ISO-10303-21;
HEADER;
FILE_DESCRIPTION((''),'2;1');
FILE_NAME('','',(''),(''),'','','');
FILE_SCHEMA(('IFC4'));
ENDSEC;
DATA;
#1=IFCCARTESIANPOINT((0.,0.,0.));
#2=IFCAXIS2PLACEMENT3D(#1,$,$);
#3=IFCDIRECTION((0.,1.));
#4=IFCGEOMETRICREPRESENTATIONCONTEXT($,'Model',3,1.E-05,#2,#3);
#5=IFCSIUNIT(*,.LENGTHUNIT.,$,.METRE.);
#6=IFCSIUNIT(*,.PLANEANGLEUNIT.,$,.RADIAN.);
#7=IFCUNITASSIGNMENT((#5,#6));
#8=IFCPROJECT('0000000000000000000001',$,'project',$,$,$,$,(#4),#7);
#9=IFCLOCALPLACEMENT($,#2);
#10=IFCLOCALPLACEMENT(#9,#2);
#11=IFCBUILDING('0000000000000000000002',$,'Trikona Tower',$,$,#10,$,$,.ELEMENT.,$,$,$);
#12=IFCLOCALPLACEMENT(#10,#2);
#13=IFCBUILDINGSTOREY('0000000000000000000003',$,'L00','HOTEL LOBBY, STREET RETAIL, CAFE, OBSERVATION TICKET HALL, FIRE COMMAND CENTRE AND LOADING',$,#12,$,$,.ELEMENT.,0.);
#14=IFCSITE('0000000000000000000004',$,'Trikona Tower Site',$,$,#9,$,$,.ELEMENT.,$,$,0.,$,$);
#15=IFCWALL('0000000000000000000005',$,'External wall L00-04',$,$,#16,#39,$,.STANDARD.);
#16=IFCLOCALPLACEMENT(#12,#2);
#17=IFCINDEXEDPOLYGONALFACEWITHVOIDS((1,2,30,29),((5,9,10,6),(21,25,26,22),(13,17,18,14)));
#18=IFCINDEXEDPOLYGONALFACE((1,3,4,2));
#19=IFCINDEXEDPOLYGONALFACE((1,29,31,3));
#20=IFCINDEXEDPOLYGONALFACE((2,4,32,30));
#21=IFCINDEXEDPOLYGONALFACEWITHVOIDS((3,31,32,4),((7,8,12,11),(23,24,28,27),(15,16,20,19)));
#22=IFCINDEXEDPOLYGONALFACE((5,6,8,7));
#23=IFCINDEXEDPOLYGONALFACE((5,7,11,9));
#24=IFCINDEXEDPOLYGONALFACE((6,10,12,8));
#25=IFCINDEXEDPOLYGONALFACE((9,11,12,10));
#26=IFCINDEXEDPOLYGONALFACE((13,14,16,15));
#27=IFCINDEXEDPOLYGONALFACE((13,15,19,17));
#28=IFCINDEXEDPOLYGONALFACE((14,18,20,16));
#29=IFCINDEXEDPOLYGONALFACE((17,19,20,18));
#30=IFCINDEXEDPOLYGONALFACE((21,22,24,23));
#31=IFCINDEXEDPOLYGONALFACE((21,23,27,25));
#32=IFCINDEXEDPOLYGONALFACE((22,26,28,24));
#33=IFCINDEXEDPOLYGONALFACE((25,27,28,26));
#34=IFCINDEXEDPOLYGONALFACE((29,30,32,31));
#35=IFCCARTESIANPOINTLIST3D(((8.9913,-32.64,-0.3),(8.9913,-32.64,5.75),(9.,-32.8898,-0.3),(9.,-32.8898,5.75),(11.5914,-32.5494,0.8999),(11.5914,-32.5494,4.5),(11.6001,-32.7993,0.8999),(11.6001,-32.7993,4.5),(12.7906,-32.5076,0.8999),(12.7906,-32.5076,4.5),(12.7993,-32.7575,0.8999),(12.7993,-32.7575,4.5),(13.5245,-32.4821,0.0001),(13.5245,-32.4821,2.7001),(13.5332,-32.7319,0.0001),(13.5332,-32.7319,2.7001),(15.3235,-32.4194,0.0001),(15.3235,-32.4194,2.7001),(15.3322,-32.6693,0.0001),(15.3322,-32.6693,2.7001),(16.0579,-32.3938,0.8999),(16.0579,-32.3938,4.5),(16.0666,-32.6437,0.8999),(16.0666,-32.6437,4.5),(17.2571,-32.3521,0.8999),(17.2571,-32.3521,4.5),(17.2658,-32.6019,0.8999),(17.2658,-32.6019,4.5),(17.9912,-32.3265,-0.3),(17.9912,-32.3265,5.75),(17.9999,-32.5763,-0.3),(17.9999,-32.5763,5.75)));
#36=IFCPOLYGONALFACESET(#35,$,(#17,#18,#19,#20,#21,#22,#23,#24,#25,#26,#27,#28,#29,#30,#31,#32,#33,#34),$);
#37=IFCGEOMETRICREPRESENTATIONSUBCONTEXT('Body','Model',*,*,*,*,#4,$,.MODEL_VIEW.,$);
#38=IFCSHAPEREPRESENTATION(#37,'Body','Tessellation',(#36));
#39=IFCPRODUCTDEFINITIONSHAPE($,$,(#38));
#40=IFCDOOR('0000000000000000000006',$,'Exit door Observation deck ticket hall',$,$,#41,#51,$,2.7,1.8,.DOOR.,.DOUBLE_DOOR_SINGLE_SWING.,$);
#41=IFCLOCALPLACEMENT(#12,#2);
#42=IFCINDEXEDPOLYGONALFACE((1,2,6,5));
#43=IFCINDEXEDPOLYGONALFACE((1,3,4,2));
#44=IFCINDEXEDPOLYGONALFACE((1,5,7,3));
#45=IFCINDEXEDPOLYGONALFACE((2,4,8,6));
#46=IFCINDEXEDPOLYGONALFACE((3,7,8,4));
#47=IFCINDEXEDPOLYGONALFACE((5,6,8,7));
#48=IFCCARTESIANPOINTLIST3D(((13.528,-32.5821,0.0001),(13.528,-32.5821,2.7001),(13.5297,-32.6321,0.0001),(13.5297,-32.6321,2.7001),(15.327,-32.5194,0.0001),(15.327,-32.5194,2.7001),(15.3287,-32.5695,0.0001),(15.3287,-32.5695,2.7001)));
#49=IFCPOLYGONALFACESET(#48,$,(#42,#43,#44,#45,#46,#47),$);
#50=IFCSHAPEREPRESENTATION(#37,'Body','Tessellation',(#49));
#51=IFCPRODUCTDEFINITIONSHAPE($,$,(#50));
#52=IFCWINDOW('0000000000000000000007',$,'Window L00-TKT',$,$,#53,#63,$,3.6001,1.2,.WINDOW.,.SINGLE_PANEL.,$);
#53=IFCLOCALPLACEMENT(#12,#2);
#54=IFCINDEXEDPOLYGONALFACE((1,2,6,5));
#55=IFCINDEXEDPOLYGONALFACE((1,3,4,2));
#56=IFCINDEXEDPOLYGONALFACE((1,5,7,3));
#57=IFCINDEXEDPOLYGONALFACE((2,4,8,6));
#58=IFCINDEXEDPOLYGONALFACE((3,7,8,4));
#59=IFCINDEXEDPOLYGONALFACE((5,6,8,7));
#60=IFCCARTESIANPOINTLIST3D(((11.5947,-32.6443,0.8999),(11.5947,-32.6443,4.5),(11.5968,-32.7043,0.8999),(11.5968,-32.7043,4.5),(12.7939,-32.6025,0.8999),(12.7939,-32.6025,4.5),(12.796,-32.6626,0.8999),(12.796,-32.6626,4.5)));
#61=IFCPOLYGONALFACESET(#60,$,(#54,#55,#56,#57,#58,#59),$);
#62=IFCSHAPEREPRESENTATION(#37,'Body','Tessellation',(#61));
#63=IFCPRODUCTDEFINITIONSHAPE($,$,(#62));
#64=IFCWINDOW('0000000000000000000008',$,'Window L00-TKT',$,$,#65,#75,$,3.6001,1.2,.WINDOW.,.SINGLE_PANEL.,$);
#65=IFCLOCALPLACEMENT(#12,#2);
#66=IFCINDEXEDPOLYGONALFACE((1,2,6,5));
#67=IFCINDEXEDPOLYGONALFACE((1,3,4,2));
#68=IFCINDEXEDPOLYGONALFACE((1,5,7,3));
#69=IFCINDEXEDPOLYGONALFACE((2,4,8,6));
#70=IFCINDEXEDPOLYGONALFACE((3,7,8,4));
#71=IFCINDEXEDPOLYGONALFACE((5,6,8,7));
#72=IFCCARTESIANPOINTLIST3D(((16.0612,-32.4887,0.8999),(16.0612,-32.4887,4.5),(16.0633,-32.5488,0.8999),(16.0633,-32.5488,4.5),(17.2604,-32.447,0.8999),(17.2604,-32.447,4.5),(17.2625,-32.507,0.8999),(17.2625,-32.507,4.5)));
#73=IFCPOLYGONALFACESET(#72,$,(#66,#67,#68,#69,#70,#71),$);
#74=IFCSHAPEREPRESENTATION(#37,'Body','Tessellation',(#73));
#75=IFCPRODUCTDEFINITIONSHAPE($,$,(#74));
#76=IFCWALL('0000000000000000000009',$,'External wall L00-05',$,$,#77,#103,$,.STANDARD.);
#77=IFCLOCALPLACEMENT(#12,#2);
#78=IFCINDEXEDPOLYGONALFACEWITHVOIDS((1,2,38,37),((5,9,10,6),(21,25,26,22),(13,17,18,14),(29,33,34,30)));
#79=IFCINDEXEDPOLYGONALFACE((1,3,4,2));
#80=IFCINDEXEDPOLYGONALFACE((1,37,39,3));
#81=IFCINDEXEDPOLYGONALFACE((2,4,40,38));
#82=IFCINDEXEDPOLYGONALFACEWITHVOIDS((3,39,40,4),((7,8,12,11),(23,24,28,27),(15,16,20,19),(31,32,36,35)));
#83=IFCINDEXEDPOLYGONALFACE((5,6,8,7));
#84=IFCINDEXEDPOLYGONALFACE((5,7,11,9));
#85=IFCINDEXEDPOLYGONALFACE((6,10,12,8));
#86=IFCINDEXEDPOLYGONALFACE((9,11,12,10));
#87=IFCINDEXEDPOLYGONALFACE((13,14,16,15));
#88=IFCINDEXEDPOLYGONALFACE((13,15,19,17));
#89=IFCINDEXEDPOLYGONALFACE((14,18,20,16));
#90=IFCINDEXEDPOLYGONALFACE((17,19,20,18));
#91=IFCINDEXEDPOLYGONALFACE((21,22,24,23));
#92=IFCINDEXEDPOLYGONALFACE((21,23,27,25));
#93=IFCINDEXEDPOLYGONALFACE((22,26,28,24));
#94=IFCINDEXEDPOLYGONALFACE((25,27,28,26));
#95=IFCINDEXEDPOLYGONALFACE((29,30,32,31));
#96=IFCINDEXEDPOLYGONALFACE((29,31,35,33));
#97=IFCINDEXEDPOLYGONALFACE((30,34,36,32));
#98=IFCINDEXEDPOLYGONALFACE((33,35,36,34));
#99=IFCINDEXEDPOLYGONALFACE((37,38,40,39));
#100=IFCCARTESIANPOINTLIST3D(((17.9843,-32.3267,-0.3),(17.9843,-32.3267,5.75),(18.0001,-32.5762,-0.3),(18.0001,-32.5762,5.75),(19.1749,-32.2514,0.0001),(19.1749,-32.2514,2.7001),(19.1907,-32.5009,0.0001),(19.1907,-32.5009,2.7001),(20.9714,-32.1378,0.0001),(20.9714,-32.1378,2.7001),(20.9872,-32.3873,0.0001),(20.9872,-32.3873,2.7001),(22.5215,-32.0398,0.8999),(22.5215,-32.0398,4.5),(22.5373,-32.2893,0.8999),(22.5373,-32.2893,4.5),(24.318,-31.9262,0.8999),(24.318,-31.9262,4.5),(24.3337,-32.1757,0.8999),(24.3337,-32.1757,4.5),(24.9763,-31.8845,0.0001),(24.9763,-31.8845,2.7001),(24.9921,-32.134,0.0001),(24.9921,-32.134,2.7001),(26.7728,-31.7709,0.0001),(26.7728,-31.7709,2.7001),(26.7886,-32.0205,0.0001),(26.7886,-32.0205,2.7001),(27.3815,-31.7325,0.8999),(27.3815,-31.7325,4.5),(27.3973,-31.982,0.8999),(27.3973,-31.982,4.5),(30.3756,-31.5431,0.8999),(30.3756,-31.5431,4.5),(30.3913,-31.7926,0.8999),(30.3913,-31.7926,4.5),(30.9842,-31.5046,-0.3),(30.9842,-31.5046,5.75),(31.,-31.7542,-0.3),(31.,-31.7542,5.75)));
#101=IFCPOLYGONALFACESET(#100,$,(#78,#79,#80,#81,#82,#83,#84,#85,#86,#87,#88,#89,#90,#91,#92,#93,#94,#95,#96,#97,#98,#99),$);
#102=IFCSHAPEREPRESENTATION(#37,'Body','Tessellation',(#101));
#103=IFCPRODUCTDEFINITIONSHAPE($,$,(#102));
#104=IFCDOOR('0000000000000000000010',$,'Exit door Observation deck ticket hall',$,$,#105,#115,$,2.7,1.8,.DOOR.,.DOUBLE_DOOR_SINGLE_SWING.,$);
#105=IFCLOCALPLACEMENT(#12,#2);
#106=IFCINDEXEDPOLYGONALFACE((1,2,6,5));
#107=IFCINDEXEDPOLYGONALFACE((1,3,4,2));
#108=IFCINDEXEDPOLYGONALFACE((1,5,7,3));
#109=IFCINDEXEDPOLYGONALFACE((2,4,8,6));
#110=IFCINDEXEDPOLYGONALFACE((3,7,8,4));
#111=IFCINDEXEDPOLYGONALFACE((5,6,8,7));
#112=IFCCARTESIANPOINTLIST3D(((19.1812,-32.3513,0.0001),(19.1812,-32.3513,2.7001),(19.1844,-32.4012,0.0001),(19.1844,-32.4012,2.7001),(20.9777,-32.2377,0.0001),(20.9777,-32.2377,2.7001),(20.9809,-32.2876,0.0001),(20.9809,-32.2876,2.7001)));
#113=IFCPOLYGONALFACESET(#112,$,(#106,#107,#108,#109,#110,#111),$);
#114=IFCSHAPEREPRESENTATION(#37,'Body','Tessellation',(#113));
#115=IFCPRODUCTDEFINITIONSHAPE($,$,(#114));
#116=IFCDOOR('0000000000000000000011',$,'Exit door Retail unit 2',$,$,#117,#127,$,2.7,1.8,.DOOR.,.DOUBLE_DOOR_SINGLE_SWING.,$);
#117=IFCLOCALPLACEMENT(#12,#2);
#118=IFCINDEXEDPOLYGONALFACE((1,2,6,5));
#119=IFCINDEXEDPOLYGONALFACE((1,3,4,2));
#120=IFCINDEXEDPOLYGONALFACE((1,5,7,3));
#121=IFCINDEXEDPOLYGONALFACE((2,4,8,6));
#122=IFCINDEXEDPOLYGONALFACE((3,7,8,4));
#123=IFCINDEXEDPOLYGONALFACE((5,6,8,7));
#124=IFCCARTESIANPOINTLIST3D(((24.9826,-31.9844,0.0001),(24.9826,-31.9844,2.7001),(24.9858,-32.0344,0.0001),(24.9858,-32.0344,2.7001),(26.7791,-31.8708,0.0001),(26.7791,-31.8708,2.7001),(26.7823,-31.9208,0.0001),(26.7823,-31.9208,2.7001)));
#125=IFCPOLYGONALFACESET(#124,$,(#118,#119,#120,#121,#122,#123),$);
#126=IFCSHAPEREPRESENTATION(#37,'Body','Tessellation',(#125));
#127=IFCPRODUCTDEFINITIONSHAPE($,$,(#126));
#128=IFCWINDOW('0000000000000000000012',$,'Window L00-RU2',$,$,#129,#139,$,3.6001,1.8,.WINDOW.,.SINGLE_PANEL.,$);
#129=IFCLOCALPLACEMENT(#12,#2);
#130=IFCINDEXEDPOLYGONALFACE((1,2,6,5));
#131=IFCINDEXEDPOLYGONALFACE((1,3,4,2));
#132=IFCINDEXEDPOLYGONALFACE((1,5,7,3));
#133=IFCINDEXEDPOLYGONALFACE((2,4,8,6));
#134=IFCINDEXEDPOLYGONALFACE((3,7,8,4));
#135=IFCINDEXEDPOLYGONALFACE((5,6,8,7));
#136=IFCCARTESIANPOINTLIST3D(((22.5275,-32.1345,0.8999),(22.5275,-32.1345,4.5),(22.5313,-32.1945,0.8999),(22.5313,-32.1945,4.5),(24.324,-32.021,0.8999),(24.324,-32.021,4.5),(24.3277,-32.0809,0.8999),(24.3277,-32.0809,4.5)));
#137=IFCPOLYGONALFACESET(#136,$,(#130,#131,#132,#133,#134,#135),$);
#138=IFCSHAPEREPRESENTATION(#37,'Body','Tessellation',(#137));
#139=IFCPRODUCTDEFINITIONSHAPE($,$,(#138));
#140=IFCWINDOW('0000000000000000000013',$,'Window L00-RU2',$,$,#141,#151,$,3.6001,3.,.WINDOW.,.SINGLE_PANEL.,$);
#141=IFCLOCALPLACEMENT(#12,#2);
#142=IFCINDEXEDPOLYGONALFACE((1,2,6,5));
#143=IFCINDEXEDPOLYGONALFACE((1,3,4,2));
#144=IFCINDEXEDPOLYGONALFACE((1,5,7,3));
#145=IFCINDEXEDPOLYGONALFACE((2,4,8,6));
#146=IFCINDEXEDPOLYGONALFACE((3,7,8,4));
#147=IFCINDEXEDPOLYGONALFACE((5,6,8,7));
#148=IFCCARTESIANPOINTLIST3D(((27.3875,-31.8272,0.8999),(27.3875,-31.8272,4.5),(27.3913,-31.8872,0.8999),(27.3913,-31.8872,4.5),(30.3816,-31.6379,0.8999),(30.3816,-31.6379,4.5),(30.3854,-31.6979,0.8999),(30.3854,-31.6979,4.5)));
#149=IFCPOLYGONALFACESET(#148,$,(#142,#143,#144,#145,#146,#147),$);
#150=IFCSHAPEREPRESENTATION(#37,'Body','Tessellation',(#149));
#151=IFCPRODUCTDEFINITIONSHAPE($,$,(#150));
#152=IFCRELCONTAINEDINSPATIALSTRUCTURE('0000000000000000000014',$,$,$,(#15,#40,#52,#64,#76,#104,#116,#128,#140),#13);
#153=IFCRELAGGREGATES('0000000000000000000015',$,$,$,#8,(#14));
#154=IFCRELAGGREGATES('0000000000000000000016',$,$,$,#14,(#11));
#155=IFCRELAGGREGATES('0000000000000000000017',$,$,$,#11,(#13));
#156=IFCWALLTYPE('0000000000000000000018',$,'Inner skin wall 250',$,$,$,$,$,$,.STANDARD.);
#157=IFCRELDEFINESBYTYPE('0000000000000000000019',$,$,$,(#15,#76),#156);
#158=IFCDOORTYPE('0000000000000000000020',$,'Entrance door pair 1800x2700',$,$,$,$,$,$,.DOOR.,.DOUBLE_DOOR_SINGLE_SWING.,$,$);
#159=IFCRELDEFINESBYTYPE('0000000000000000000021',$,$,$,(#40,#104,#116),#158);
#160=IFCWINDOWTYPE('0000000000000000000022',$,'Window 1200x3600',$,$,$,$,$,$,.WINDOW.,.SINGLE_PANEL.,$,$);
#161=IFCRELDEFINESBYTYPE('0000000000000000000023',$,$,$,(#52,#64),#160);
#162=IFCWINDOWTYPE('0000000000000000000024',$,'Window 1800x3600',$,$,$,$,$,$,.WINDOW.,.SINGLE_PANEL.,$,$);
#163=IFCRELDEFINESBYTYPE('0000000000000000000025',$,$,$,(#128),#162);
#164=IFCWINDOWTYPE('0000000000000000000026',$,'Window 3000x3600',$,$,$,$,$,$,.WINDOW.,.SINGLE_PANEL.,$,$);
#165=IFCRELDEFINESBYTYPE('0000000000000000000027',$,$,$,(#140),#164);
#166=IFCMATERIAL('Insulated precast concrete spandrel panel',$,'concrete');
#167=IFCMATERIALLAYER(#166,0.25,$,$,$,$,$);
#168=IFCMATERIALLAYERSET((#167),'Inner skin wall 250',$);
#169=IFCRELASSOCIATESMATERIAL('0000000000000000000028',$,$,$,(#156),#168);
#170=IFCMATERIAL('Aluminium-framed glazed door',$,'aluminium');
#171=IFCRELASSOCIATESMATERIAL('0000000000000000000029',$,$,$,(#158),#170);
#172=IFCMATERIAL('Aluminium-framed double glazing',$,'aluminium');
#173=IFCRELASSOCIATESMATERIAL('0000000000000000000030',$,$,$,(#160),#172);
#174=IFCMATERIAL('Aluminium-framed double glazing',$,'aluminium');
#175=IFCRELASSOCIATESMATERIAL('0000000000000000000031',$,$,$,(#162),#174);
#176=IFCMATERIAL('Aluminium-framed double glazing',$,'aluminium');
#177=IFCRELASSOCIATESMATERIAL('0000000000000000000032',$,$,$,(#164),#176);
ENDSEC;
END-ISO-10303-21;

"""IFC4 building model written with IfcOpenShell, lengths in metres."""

from ifc_helpers import new_model, si_unit, direction, frame, frame_2d, origin, place, context, subcontext, project, spatial, rectangle, extrude, material, layer, layer_set, type_object, element, fill, save


model = new_model("IFC4")

# Units and contexts
model_context = context("Model", 3, precision=1e-05, world=origin(), true_north=direction((0.0, 1.0)))
body_context = subcontext(model_context, "Body", "Model", "MODEL_VIEW")
ifc_project = project(units=[si_unit("LENGTHUNIT", "METRE"), si_unit("PLANEANGLEUNIT", "RADIAN")], contexts=[model_context])

# Site, building, storey
site_placement = place(None, origin())
site = spatial("IfcSite", under=ifc_project, at=site_placement, Name="Trikona Tower Site", CompositionType="ELEMENT", RefElevation=0.0)
building_placement = place(site_placement, origin())
building = spatial("IfcBuilding", under=site, at=building_placement, Name="Trikona Tower", CompositionType="ELEMENT")
storey_placement = place(building_placement, origin())
storey = spatial("IfcBuildingStorey", under=building, at=storey_placement, Name="L00", Description="HOTEL LOBBY, STREET RETAIL, CAFE, OBSERVATION TICKET HALL, FIRE COMMAND CENTRE AND LOADING", CompositionType="ELEMENT", Elevation=0.0)

# Shared definitions
ifc_material_1 = material(Name="Insulated precast concrete spandrel panel", Category="concrete")
ifc_layer = layer(ifc_material_1, 0.25)
ifc_layer_set = layer_set([ifc_layer], Name="Inner skin wall 250")
wall_type = type_object("IfcWallType", Name="Inner skin wall 250", PredefinedType="STANDARD", material=ifc_layer_set)
ifc_material_2 = material(Name="Aluminium-framed glazed door", Category="aluminium")
door_type = type_object("IfcDoorType", Name="Entrance door pair 1800x2700", OperationType="DOUBLE_DOOR_SINGLE_SWING", PredefinedType="DOOR", material=ifc_material_2)

# Wall, openings, door, windows
wall_1_placement = place(storey_placement, frame((8.9956, -32.7649, -0.3), z_axis=(0.0, 0.0, 1.0), x_axis=(0.999394, 0.03481, 0.0)))
wall_1 = element("IfcWall", 1, at=wall_1_placement, inside=storey, type_object=wall_type, Name="External wall L00-04", PredefinedType="STANDARD", context=body_context, shape_type="SweptSolid", body=[
    extrude(rectangle(XDim=9.0054, YDim=0.25, at=frame_2d((4.5027, 0.0))), origin(), (0.0, 0.0, 1.0), 6.05),
])
opening_1_placement = place(wall_1_placement, frame((4.5361, 0.0, 0.3)))
opening_1 = element("IfcOpeningElement", 2, at=opening_1_placement, cuts=wall_1, PredefinedType="OPENING", context=body_context, shape_type="SweptSolid", body=[
    extrude(rectangle(XDim=1.8, YDim=2.7, at=frame_2d((0.8999, 1.3501))), frame((0.0, 0.135, 0.0), z_axis=(0.0, -1.0, 0.0), x_axis=(1.0, 0.0, 0.0)), (0.0, 0.0, 1.0), 0.27),
])
opening_2_placement = place(wall_1_placement, frame((2.6016, 0.0, 1.2)))
opening_2 = element("IfcOpeningElement", 3, at=opening_2_placement, cuts=wall_1, PredefinedType="OPENING", context=body_context, shape_type="SweptSolid", body=[
    extrude(rectangle(XDim=1.2, YDim=3.6001, at=frame_2d((0.6001, 1.8))), frame((0.0, 0.135, 0.0), z_axis=(0.0, -1.0, 0.0), x_axis=(1.0, 0.0, 0.0)), (0.0, 0.0, 1.0), 0.27),
])
opening_3_placement = place(wall_1_placement, frame((7.0708, 0.0, 1.2)))
opening_3 = element("IfcOpeningElement", 4, at=opening_3_placement, cuts=wall_1, PredefinedType="OPENING", context=body_context, shape_type="SweptSolid", body=[
    extrude(rectangle(XDim=1.2, YDim=3.6001, at=frame_2d((0.6001, 1.8))), frame((0.0, 0.135, 0.0), z_axis=(0.0, -1.0, 0.0), x_axis=(1.0, 0.0, 0.0)), (0.0, 0.0, 1.0), 0.27),
])
door_1_placement = place(opening_1_placement, origin())
door_1 = element("IfcDoor", 5, at=door_1_placement, inside=storey, type_object=door_type, Name="Exit door Observation deck ticket hall", OperationType="DOUBLE_DOOR_SINGLE_SWING", OverallHeight=2.7, OverallWidth=1.8, PredefinedType="DOOR", context=body_context, shape_type="SweptSolid", body=[
    extrude(rectangle(XDim=1.8, YDim=2.7, at=frame_2d((0.8999, 1.3501))), frame((0.0, 0.0249, 0.0), z_axis=(0.0, -1.0, 0.0), x_axis=(1.0, 0.0, 0.0)), (0.0, 0.0, 1.0), 0.05),
])
fill(opening_1, door_1)
ifc_material_3 = material(Name="Aluminium-framed double glazing", Category="aluminium")
window_type_1 = type_object("IfcWindowType", Name="Window 1200x3600", PartitioningType="SINGLE_PANEL", PredefinedType="WINDOW", material=ifc_material_3)
window_1_placement = place(opening_2_placement, origin())
window_1 = element("IfcWindow", 6, at=window_1_placement, inside=storey, type_object=window_type_1, Name="Window L00-TKT", OverallHeight=3.6001, OverallWidth=1.2, PartitioningType="SINGLE_PANEL", PredefinedType="WINDOW", context=body_context, shape_type="SweptSolid", body=[
    extrude(rectangle(XDim=1.2, YDim=3.6001, at=frame_2d((0.6001, 1.8))), frame((0.0, 0.03, 0.0), z_axis=(0.0, -1.0, 0.0), x_axis=(1.0, 0.0, 0.0)), (0.0, 0.0, 1.0), 0.0601),
])
fill(opening_2, window_1)
window_2_placement = place(opening_3_placement, origin())
window_2 = element("IfcWindow", 7, at=window_2_placement, inside=storey, type_object=window_type_1, Name="Window L00-TKT", OverallHeight=3.6001, OverallWidth=1.2, PartitioningType="SINGLE_PANEL", PredefinedType="WINDOW", context=body_context, shape_type="SweptSolid", body=[
    extrude(rectangle(XDim=1.2, YDim=3.6001, at=frame_2d((0.6001, 1.8))), frame((0.0, 0.03, 0.0), z_axis=(0.0, -1.0, 0.0), x_axis=(1.0, 0.0, 0.0)), (0.0, 0.0, 1.0), 0.0601),
])
fill(opening_3, window_2)

# Wall, openings, doors, windows
wall_2_placement = place(storey_placement, frame((17.9922, -32.4514, -0.3), z_axis=(0.0, 0.0, 1.0), x_axis=(0.998007, 0.063106, 0.0)))
wall_2 = element("IfcWall", 8, at=wall_2_placement, inside=storey, type_object=wall_type, Name="External wall L00-05", PredefinedType="STANDARD", context=body_context, shape_type="SweptSolid", body=[
    extrude(rectangle(XDim=13.0259, YDim=0.25, at=frame_2d((6.5129, 0.0))), origin(), (0.0, 0.0, 1.0), 6.05),
])
opening_4_placement = place(wall_2_placement, frame((1.1931, 0.0, 0.3)))
opening_4 = element("IfcOpeningElement", 9, at=opening_4_placement, cuts=wall_2, PredefinedType="OPENING", context=body_context, shape_type="SweptSolid", body=[
    extrude(rectangle(XDim=1.8, YDim=2.7, at=frame_2d((0.8999, 1.3501))), frame((0.0, 0.135, 0.0), z_axis=(0.0, -1.0, 0.0), x_axis=(1.0, 0.0, 0.0)), (0.0, 0.0, 1.0), 0.27),
])
opening_5_placement = place(wall_2_placement, frame((7.0061, 0.0, 0.3)))
opening_5 = element("IfcOpeningElement", 10, at=opening_5_placement, cuts=wall_2, PredefinedType="OPENING", context=body_context, shape_type="SweptSolid", body=[
    extrude(rectangle(XDim=1.8, YDim=2.7, at=frame_2d((0.8999, 1.3501))), frame((0.0, 0.135, 0.0), z_axis=(0.0, -1.0, 0.0), x_axis=(1.0, 0.0, 0.0)), (0.0, 0.0, 1.0), 0.27),
])
opening_6_placement = place(wall_2_placement, frame((4.5464, 0.0, 1.2)))
opening_6 = element("IfcOpeningElement", 11, at=opening_6_placement, cuts=wall_2, PredefinedType="OPENING", context=body_context, shape_type="SweptSolid", body=[
    extrude(rectangle(XDim=1.8, YDim=3.6001, at=frame_2d((0.8999, 1.8))), frame((0.0, 0.135, 0.0), z_axis=(0.0, -1.0, 0.0), x_axis=(1.0, 0.0, 0.0)), (0.0, 0.0, 1.0), 0.27),
])
opening_7_placement = place(wall_2_placement, frame((9.416, 0.0, 1.2)))
opening_7 = element("IfcOpeningElement", 12, at=opening_7_placement, cuts=wall_2, PredefinedType="OPENING", context=body_context, shape_type="SweptSolid", body=[
    extrude(rectangle(XDim=3.0, YDim=3.6001, at=frame_2d((1.5, 1.8))), frame((0.0, 0.135, 0.0), z_axis=(0.0, -1.0, 0.0), x_axis=(1.0, 0.0, 0.0)), (0.0, 0.0, 1.0), 0.27),
])
door_2_placement = place(opening_4_placement, origin())
door_2 = element("IfcDoor", 13, at=door_2_placement, inside=storey, type_object=door_type, Name="Exit door Observation deck ticket hall", OperationType="DOUBLE_DOOR_SINGLE_SWING", OverallHeight=2.7, OverallWidth=1.8, PredefinedType="DOOR", context=body_context, shape_type="SweptSolid", body=[
    extrude(rectangle(XDim=1.8, YDim=2.7, at=frame_2d((0.8999, 1.3501))), frame((0.0, 0.0249, 0.0), z_axis=(0.0, -1.0, 0.0), x_axis=(1.0, 0.0, 0.0)), (0.0, 0.0, 1.0), 0.05),
])
fill(opening_4, door_2)
door_3_placement = place(opening_5_placement, origin())
door_3 = element("IfcDoor", 14, at=door_3_placement, inside=storey, type_object=door_type, Name="Exit door Retail unit 2", OperationType="DOUBLE_DOOR_SINGLE_SWING", OverallHeight=2.7, OverallWidth=1.8, PredefinedType="DOOR", context=body_context, shape_type="SweptSolid", body=[
    extrude(rectangle(XDim=1.8, YDim=2.7, at=frame_2d((0.8999, 1.3501))), frame((0.0, 0.0249, 0.0), z_axis=(0.0, -1.0, 0.0), x_axis=(1.0, 0.0, 0.0)), (0.0, 0.0, 1.0), 0.05),
])
fill(opening_5, door_3)
ifc_material_4 = material(Name="Aluminium-framed double glazing", Category="aluminium")
window_type_2 = type_object("IfcWindowType", Name="Window 1800x3600", PartitioningType="SINGLE_PANEL", PredefinedType="WINDOW", material=ifc_material_4)
window_3_placement = place(opening_6_placement, origin())
window_3 = element("IfcWindow", 15, at=window_3_placement, inside=storey, type_object=window_type_2, Name="Window L00-RU2", OverallHeight=3.6001, OverallWidth=1.8, PartitioningType="SINGLE_PANEL", PredefinedType="WINDOW", context=body_context, shape_type="SweptSolid", body=[
    extrude(rectangle(XDim=1.8, YDim=3.6001, at=frame_2d((0.8999, 1.8))), frame((0.0, 0.03, 0.0), z_axis=(0.0, -1.0, 0.0), x_axis=(1.0, 0.0, 0.0)), (0.0, 0.0, 1.0), 0.0601),
])
fill(opening_6, window_3)
ifc_material_5 = material(Name="Aluminium-framed double glazing", Category="aluminium")
window_type_3 = type_object("IfcWindowType", Name="Window 3000x3600", PartitioningType="SINGLE_PANEL", PredefinedType="WINDOW", material=ifc_material_5)
window_4_placement = place(opening_7_placement, origin())
window_4 = element("IfcWindow", 16, at=window_4_placement, inside=storey, type_object=window_type_3, Name="Window L00-RU2", OverallHeight=3.6001, OverallWidth=3.0, PartitioningType="SINGLE_PANEL", PredefinedType="WINDOW", context=body_context, shape_type="SweptSolid", body=[
    extrude(rectangle(XDim=3.0, YDim=3.6001, at=frame_2d((1.5, 1.8))), frame((0.0, 0.03, 0.0), z_axis=(0.0, -1.0, 0.0), x_axis=(1.0, 0.0, 0.0)), (0.0, 0.0, 1.0), 0.0601),
])
fill(opening_7, window_4)

save(model, "model.ifc")
